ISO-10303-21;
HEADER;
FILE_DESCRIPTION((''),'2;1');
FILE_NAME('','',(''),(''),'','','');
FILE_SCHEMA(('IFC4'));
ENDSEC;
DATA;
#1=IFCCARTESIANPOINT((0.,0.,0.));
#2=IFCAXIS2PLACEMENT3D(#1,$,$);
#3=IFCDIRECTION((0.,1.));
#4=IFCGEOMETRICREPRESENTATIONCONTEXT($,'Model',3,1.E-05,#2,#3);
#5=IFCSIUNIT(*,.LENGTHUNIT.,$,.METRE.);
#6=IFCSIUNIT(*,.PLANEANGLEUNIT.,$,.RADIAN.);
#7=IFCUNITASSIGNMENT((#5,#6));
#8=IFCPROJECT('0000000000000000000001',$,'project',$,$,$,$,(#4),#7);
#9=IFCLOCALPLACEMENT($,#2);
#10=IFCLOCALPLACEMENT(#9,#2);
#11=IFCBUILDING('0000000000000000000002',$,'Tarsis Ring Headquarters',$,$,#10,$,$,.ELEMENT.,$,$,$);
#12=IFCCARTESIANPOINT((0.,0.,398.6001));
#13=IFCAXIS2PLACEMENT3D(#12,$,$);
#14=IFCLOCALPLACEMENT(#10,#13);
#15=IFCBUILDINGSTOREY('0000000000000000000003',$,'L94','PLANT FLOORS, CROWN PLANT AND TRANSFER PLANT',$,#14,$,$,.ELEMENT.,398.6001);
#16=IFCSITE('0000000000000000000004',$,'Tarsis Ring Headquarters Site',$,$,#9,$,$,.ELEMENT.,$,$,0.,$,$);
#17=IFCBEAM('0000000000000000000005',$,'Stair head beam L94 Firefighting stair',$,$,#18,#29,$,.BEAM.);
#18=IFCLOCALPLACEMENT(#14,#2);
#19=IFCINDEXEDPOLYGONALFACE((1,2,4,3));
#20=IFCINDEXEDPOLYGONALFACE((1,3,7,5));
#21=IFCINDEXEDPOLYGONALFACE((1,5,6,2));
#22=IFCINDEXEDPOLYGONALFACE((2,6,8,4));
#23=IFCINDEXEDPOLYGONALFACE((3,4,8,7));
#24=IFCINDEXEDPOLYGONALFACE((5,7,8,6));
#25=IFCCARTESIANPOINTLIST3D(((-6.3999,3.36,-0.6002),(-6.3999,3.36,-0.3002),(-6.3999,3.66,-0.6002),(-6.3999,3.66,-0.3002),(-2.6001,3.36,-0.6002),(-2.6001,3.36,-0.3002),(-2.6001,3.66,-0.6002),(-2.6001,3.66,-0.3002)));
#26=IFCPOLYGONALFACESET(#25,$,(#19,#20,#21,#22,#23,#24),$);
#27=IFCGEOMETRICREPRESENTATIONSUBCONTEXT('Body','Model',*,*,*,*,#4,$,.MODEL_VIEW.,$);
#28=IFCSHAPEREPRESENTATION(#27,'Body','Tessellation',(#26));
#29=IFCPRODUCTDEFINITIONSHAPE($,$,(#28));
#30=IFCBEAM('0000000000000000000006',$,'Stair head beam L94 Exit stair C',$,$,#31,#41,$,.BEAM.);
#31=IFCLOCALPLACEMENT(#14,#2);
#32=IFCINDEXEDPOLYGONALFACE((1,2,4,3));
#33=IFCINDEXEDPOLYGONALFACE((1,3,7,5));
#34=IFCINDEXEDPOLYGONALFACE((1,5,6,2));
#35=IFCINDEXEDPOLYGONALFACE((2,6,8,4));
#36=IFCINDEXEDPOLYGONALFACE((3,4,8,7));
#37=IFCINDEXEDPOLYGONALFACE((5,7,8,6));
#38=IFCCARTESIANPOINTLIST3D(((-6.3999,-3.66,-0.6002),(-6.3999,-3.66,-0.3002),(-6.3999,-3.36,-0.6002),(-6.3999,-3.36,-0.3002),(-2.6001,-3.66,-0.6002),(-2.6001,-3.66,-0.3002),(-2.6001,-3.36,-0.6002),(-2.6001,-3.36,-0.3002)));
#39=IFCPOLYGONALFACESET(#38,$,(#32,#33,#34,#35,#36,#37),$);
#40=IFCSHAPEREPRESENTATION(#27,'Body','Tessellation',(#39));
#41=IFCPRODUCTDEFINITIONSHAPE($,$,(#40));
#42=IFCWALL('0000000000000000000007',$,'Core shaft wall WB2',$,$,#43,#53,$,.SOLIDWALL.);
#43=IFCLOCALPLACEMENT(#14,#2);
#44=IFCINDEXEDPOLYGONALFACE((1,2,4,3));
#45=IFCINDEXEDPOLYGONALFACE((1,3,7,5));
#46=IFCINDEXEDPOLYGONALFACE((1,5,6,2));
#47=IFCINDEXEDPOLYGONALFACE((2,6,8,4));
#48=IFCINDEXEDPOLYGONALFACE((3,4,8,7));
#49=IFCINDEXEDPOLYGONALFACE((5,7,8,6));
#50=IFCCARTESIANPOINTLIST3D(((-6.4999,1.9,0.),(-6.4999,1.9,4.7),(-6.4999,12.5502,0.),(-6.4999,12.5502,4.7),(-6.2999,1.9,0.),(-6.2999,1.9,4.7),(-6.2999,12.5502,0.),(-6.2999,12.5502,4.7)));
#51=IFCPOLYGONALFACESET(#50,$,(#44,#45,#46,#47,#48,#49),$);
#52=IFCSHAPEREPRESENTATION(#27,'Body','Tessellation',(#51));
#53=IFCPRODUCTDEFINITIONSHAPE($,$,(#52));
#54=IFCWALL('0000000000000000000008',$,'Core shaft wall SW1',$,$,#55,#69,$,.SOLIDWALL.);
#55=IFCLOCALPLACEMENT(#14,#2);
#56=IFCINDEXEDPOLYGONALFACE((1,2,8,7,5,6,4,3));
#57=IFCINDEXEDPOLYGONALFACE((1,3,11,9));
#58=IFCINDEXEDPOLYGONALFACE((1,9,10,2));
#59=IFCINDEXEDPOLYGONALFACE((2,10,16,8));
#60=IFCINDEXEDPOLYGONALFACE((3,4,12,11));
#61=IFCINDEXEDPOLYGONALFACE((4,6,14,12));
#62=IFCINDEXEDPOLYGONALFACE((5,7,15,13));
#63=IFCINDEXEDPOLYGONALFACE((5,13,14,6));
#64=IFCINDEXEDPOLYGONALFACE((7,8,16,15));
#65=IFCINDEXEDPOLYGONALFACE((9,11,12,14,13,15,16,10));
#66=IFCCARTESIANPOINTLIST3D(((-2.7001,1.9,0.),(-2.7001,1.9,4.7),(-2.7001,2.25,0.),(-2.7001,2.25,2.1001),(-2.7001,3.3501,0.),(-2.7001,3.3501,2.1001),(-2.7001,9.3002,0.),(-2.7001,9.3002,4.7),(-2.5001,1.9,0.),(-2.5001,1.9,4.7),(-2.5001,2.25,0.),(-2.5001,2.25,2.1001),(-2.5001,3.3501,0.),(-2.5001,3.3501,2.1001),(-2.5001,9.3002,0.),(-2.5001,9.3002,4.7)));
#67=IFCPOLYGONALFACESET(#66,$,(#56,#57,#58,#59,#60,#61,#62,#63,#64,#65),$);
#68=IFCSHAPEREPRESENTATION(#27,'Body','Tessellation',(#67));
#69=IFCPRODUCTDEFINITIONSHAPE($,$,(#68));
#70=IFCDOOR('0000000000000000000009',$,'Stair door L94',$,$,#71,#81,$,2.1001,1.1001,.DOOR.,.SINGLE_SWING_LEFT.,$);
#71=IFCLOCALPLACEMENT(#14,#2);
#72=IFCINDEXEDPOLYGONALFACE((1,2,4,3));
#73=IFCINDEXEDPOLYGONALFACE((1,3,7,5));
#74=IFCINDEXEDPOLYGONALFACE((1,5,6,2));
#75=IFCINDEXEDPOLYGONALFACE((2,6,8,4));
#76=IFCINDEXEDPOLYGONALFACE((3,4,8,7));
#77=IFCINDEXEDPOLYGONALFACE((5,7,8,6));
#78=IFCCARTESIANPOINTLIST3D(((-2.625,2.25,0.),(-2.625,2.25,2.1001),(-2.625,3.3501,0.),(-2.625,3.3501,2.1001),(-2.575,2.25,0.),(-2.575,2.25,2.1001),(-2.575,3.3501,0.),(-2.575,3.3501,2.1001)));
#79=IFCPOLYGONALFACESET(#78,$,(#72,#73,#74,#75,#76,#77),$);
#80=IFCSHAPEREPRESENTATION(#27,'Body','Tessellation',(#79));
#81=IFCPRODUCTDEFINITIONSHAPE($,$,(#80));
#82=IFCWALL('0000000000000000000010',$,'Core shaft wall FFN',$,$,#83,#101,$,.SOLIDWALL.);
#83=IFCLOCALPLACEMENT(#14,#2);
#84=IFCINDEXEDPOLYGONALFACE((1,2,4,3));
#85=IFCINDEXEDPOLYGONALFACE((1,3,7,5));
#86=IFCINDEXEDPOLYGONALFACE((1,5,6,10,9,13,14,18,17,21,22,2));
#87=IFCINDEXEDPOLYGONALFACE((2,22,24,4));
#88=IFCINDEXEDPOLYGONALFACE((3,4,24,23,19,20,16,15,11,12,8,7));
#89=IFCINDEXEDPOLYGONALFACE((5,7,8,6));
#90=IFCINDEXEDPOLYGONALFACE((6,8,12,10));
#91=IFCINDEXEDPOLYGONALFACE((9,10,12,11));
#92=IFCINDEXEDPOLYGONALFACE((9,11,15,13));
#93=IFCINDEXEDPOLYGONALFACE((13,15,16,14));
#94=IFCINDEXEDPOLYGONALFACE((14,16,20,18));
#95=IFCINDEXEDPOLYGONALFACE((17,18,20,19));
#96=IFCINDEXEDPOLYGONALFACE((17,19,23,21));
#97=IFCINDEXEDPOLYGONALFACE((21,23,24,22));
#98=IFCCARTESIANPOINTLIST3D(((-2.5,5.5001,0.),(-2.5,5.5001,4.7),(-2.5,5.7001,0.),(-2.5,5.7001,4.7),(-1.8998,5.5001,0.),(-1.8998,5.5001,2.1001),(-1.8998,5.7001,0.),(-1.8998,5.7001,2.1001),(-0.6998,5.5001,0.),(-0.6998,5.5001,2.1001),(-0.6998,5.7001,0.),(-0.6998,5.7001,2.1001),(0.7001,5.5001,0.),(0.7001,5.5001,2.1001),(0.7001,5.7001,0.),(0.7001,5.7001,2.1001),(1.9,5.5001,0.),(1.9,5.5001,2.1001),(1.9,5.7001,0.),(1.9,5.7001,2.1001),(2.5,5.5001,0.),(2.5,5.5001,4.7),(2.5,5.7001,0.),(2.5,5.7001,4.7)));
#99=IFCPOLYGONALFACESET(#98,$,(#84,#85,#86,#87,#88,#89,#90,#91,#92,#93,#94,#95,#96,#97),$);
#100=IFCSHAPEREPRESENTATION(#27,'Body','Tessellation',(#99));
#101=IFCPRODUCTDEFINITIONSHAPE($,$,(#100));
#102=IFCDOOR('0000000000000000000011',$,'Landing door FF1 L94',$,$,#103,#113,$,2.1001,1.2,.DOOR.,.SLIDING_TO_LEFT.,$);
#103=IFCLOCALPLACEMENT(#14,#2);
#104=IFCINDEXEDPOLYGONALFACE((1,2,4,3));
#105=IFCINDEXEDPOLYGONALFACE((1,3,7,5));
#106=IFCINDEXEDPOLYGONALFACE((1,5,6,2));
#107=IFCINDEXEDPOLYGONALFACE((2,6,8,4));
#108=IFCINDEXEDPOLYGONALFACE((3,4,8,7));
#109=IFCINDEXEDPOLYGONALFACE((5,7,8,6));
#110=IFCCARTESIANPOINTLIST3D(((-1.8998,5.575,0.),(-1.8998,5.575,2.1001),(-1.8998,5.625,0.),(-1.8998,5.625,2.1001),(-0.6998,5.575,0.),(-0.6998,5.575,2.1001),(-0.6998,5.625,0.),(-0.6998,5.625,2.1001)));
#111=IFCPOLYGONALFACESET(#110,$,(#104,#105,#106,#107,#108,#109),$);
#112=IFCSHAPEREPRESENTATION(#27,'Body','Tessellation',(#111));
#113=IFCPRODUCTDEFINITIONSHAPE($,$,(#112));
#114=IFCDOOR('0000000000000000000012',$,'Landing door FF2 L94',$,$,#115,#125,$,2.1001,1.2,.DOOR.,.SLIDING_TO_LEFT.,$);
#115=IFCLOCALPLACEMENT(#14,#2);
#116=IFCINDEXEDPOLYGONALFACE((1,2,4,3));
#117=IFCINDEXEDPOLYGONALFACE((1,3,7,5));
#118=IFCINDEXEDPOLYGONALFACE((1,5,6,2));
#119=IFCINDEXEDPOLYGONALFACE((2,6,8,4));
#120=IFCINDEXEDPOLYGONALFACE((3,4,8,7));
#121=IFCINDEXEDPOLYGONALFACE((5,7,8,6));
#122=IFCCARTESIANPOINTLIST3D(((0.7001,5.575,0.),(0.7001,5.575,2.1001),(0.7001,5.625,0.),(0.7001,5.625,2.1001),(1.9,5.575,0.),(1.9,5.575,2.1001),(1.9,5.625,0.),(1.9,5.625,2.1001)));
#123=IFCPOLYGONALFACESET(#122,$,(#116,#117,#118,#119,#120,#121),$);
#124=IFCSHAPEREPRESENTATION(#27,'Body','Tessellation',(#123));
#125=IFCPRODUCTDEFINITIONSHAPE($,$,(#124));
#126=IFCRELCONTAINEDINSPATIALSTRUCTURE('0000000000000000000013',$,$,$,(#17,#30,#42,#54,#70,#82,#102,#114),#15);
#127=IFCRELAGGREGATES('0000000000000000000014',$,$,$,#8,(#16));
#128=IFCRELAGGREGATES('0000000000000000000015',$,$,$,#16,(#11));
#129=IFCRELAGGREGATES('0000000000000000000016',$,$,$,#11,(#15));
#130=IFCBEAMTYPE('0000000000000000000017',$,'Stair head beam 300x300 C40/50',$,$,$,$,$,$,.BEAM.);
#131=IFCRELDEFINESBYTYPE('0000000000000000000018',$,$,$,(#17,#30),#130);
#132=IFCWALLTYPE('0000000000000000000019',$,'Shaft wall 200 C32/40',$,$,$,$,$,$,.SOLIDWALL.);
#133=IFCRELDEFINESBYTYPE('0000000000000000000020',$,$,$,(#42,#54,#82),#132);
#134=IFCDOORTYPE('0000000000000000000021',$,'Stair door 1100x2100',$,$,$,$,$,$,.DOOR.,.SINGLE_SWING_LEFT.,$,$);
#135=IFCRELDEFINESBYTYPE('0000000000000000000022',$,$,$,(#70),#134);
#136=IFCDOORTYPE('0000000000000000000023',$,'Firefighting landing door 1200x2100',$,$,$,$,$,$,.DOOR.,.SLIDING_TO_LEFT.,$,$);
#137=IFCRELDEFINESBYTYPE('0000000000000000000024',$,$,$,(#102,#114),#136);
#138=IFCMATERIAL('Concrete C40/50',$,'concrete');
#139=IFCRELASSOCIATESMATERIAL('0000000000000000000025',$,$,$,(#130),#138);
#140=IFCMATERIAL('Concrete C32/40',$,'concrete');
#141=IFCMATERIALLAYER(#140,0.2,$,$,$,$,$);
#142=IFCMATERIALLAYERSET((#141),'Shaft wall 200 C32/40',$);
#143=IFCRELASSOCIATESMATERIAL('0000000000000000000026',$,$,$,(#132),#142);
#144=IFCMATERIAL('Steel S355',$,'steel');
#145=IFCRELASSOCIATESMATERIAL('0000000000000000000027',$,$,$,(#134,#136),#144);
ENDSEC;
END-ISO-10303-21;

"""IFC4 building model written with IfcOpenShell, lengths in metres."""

from ifc_helpers import new_model, si_unit, direction, frame, frame_2d, origin, origin_2d, place, context, subcontext, project, spatial, rectangle, extrude, material, layer, layer_set, material_profile, profile_set, type_object, element, fill, save


model = new_model("IFC4")

# Units and contexts
model_context = context("Model", 3, precision=1e-05, world=origin(), true_north=direction((0.0, 1.0)))
body_context = subcontext(model_context, "Body", "Model", "MODEL_VIEW")
ifc_project = project(units=[si_unit("LENGTHUNIT", "METRE"), si_unit("PLANEANGLEUNIT", "RADIAN")], contexts=[model_context])

# Site, building, storey
site_placement = place(None, origin())
site = spatial("IfcSite", under=ifc_project, at=site_placement, Name="Tarsis Ring Headquarters Site", CompositionType="ELEMENT", RefElevation=0.0)
building_placement = place(site_placement, origin())
building = spatial("IfcBuilding", under=site, at=building_placement, Name="Tarsis Ring Headquarters", CompositionType="ELEMENT")
storey_placement = place(building_placement, frame((0.0, 0.0, 398.6001)))
storey = spatial("IfcBuildingStorey", under=building, at=storey_placement, Name="L94", Description="PLANT FLOORS, CROWN PLANT AND TRANSFER PLANT", CompositionType="ELEMENT", Elevation=398.6001)

# Beams
ifc_material_1 = material(Name="Concrete C40/50", Category="concrete")
ifc_material_profile = material_profile(ifc_material_1, rectangle(XDim=0.3, YDim=0.3, at=origin_2d()), Name="Stair head beam 300x300 C40/50")
ifc_profile_set = profile_set([ifc_material_profile], Name="Concrete C40/50")
beam_type = type_object("IfcBeamType", Name="Stair head beam 300x300 C40/50", PredefinedType="BEAM", material=ifc_profile_set)
for number, where, z_axis, x_axis, name in (
    (1, (-6.3999, 3.51, -0.4502), (1.0, 0.0, 0.0), (0.0, 1.0, 0.0), "Stair head beam L94 Firefighting stair"),
    (2, (-6.3999, -3.51, -0.4502), (1.0, 0.0, 0.0), (0.0, 1.0, 0.0), "Stair head beam L94 Exit stair C"),
):
    element("IfcBeam", number, at=place(storey_placement, frame(where, z_axis=z_axis, x_axis=x_axis)), inside=storey, type_object=beam_type, Name=name, PredefinedType="BEAM", context=body_context, shape_type="SweptSolid", body=[
        extrude(rectangle(XDim=0.3, YDim=0.3, at=origin_2d()), origin(), (0.0, 0.0, 1.0), 3.7998),
    ])

# Wall
ifc_material_2 = material(Name="Concrete C32/40", Category="concrete")
ifc_layer = layer(ifc_material_2, 0.2)
ifc_layer_set = layer_set([ifc_layer], Name="Shaft wall 200 C32/40")
wall_type = type_object("IfcWallType", Name="Shaft wall 200 C32/40", PredefinedType="SOLIDWALL", material=ifc_layer_set)
wall_1_placement = place(storey_placement, frame((-6.3999, 1.8999, 0.0), z_axis=(0.0, 0.0, 1.0), x_axis=(0.0, 1.0, 0.0)))
element("IfcWall", 3, at=wall_1_placement, inside=storey, type_object=wall_type, Name="Core shaft wall WB2", PredefinedType="SOLIDWALL", context=body_context, shape_type="SweptSolid", body=[
    extrude(rectangle(XDim=10.6501, YDim=0.2, at=frame_2d((5.3252, 0.0))), origin(), (0.0, 0.0, 1.0), 4.7),
])

# Wall, opening, door
wall_2_placement = place(storey_placement, frame((-2.6001, 1.8999, 0.0), z_axis=(0.0, 0.0, 1.0), x_axis=(0.0, 1.0, 0.0)))
wall_2 = element("IfcWall", 4, at=wall_2_placement, inside=storey, type_object=wall_type, Name="Core shaft wall SW1", PredefinedType="SOLIDWALL", context=body_context, shape_type="SweptSolid", body=[
    extrude(rectangle(XDim=7.4001, YDim=0.2, at=frame_2d((3.7002, 0.0))), origin(), (0.0, 0.0, 1.0), 4.7),
])
opening_1_placement = place(wall_2_placement, frame((0.3501, 0.0, 0.0)))
opening_1 = element("IfcOpeningElement", 5, at=opening_1_placement, cuts=wall_2, PredefinedType="OPENING", context=body_context, shape_type="SweptSolid", body=[
    extrude(rectangle(XDim=1.1001, YDim=2.1001, at=frame_2d((0.55, 1.05))), frame((0.0, 0.1099, 0.0), z_axis=(0.0, -1.0, 0.0), x_axis=(1.0, 0.0, 0.0)), (0.0, 0.0, 1.0), 0.22),
])
ifc_material_3 = material(Name="Steel S355", Category="steel")
door_type_1 = type_object("IfcDoorType", Name="Stair door 1100x2100", OperationType="SINGLE_SWING_LEFT", PredefinedType="DOOR", material=ifc_material_3)
door_1_placement = place(opening_1_placement, origin())
door_1 = element("IfcDoor", 6, at=door_1_placement, inside=storey, type_object=door_type_1, Name="Stair door L94", OperationType="SINGLE_SWING_LEFT", OverallHeight=2.1001, OverallWidth=1.1001, PredefinedType="DOOR", context=body_context, shape_type="SweptSolid", body=[
    extrude(rectangle(XDim=1.1001, YDim=2.1001, at=frame_2d((0.55, 1.05))), frame((0.0, 0.0249, 0.0), z_axis=(0.0, -1.0, 0.0), x_axis=(1.0, 0.0, 0.0)), (0.0, 0.0, 1.0), 0.05),
])
fill(opening_1, door_1)

# Wall, openings, doors
wall_3_placement = place(storey_placement, frame((-2.5, 5.6001, 0.0), z_axis=(0.0, 0.0, 1.0), x_axis=(1.0, 0.0, 0.0)))
wall_3 = element("IfcWall", 7, at=wall_3_placement, inside=storey, type_object=wall_type, Name="Core shaft wall FFN", PredefinedType="SOLIDWALL", context=body_context, shape_type="SweptSolid", body=[
    extrude(rectangle(XDim=5.0, YDim=0.2, at=frame_2d((2.5, 0.0))), origin(), (0.0, 0.0, 1.0), 4.7),
])
opening_2_placement = place(wall_3_placement, frame((0.6001, 0.0, 0.0)))
opening_2 = element("IfcOpeningElement", 8, at=opening_2_placement, cuts=wall_3, PredefinedType="OPENING", context=body_context, shape_type="SweptSolid", body=[
    extrude(rectangle(XDim=1.2, YDim=2.1001, at=frame_2d((0.6001, 1.05))), frame((0.0, 0.1099, 0.0), z_axis=(0.0, -1.0, 0.0), x_axis=(1.0, 0.0, 0.0)), (0.0, 0.0, 1.0), 0.22),
])
opening_3_placement = place(wall_3_placement, frame((3.2, 0.0, 0.0)))
opening_3 = element("IfcOpeningElement", 9, at=opening_3_placement, cuts=wall_3, PredefinedType="OPENING", context=body_context, shape_type="SweptSolid", body=[
    extrude(rectangle(XDim=1.2, YDim=2.1001, at=frame_2d((0.6001, 1.05))), frame((0.0, 0.1099, 0.0), z_axis=(0.0, -1.0, 0.0), x_axis=(1.0, 0.0, 0.0)), (0.0, 0.0, 1.0), 0.22),
])
door_type_2 = type_object("IfcDoorType", Name="Firefighting landing door 1200x2100", OperationType="SLIDING_TO_LEFT", PredefinedType="DOOR", material=ifc_material_3)
door_2_placement = place(opening_2_placement, origin())
door_2 = element("IfcDoor", 10, at=door_2_placement, inside=storey, type_object=door_type_2, Name="Landing door FF1 L94", OperationType="SLIDING_TO_LEFT", OverallHeight=2.1001, OverallWidth=1.2, PredefinedType="DOOR", context=body_context, shape_type="SweptSolid", body=[
    extrude(rectangle(XDim=1.2, YDim=2.1001, at=frame_2d((0.6001, 1.05))), frame((0.0, 0.0249, 0.0), z_axis=(0.0, -1.0, 0.0), x_axis=(1.0, 0.0, 0.0)), (0.0, 0.0, 1.0), 0.05),
])
fill(opening_2, door_2)
door_3_placement = place(opening_3_placement, origin())
door_3 = element("IfcDoor", 11, at=door_3_placement, inside=storey, type_object=door_type_2, Name="Landing door FF2 L94", OperationType="SLIDING_TO_LEFT", OverallHeight=2.1001, OverallWidth=1.2, PredefinedType="DOOR", context=body_context, shape_type="SweptSolid", body=[
    extrude(rectangle(XDim=1.2, YDim=2.1001, at=frame_2d((0.6001, 1.05))), frame((0.0, 0.0249, 0.0), z_axis=(0.0, -1.0, 0.0), x_axis=(1.0, 0.0, 0.0)), (0.0, 0.0, 1.0), 0.05),
])
fill(opening_3, door_3)

save(model, "model.ifc")
